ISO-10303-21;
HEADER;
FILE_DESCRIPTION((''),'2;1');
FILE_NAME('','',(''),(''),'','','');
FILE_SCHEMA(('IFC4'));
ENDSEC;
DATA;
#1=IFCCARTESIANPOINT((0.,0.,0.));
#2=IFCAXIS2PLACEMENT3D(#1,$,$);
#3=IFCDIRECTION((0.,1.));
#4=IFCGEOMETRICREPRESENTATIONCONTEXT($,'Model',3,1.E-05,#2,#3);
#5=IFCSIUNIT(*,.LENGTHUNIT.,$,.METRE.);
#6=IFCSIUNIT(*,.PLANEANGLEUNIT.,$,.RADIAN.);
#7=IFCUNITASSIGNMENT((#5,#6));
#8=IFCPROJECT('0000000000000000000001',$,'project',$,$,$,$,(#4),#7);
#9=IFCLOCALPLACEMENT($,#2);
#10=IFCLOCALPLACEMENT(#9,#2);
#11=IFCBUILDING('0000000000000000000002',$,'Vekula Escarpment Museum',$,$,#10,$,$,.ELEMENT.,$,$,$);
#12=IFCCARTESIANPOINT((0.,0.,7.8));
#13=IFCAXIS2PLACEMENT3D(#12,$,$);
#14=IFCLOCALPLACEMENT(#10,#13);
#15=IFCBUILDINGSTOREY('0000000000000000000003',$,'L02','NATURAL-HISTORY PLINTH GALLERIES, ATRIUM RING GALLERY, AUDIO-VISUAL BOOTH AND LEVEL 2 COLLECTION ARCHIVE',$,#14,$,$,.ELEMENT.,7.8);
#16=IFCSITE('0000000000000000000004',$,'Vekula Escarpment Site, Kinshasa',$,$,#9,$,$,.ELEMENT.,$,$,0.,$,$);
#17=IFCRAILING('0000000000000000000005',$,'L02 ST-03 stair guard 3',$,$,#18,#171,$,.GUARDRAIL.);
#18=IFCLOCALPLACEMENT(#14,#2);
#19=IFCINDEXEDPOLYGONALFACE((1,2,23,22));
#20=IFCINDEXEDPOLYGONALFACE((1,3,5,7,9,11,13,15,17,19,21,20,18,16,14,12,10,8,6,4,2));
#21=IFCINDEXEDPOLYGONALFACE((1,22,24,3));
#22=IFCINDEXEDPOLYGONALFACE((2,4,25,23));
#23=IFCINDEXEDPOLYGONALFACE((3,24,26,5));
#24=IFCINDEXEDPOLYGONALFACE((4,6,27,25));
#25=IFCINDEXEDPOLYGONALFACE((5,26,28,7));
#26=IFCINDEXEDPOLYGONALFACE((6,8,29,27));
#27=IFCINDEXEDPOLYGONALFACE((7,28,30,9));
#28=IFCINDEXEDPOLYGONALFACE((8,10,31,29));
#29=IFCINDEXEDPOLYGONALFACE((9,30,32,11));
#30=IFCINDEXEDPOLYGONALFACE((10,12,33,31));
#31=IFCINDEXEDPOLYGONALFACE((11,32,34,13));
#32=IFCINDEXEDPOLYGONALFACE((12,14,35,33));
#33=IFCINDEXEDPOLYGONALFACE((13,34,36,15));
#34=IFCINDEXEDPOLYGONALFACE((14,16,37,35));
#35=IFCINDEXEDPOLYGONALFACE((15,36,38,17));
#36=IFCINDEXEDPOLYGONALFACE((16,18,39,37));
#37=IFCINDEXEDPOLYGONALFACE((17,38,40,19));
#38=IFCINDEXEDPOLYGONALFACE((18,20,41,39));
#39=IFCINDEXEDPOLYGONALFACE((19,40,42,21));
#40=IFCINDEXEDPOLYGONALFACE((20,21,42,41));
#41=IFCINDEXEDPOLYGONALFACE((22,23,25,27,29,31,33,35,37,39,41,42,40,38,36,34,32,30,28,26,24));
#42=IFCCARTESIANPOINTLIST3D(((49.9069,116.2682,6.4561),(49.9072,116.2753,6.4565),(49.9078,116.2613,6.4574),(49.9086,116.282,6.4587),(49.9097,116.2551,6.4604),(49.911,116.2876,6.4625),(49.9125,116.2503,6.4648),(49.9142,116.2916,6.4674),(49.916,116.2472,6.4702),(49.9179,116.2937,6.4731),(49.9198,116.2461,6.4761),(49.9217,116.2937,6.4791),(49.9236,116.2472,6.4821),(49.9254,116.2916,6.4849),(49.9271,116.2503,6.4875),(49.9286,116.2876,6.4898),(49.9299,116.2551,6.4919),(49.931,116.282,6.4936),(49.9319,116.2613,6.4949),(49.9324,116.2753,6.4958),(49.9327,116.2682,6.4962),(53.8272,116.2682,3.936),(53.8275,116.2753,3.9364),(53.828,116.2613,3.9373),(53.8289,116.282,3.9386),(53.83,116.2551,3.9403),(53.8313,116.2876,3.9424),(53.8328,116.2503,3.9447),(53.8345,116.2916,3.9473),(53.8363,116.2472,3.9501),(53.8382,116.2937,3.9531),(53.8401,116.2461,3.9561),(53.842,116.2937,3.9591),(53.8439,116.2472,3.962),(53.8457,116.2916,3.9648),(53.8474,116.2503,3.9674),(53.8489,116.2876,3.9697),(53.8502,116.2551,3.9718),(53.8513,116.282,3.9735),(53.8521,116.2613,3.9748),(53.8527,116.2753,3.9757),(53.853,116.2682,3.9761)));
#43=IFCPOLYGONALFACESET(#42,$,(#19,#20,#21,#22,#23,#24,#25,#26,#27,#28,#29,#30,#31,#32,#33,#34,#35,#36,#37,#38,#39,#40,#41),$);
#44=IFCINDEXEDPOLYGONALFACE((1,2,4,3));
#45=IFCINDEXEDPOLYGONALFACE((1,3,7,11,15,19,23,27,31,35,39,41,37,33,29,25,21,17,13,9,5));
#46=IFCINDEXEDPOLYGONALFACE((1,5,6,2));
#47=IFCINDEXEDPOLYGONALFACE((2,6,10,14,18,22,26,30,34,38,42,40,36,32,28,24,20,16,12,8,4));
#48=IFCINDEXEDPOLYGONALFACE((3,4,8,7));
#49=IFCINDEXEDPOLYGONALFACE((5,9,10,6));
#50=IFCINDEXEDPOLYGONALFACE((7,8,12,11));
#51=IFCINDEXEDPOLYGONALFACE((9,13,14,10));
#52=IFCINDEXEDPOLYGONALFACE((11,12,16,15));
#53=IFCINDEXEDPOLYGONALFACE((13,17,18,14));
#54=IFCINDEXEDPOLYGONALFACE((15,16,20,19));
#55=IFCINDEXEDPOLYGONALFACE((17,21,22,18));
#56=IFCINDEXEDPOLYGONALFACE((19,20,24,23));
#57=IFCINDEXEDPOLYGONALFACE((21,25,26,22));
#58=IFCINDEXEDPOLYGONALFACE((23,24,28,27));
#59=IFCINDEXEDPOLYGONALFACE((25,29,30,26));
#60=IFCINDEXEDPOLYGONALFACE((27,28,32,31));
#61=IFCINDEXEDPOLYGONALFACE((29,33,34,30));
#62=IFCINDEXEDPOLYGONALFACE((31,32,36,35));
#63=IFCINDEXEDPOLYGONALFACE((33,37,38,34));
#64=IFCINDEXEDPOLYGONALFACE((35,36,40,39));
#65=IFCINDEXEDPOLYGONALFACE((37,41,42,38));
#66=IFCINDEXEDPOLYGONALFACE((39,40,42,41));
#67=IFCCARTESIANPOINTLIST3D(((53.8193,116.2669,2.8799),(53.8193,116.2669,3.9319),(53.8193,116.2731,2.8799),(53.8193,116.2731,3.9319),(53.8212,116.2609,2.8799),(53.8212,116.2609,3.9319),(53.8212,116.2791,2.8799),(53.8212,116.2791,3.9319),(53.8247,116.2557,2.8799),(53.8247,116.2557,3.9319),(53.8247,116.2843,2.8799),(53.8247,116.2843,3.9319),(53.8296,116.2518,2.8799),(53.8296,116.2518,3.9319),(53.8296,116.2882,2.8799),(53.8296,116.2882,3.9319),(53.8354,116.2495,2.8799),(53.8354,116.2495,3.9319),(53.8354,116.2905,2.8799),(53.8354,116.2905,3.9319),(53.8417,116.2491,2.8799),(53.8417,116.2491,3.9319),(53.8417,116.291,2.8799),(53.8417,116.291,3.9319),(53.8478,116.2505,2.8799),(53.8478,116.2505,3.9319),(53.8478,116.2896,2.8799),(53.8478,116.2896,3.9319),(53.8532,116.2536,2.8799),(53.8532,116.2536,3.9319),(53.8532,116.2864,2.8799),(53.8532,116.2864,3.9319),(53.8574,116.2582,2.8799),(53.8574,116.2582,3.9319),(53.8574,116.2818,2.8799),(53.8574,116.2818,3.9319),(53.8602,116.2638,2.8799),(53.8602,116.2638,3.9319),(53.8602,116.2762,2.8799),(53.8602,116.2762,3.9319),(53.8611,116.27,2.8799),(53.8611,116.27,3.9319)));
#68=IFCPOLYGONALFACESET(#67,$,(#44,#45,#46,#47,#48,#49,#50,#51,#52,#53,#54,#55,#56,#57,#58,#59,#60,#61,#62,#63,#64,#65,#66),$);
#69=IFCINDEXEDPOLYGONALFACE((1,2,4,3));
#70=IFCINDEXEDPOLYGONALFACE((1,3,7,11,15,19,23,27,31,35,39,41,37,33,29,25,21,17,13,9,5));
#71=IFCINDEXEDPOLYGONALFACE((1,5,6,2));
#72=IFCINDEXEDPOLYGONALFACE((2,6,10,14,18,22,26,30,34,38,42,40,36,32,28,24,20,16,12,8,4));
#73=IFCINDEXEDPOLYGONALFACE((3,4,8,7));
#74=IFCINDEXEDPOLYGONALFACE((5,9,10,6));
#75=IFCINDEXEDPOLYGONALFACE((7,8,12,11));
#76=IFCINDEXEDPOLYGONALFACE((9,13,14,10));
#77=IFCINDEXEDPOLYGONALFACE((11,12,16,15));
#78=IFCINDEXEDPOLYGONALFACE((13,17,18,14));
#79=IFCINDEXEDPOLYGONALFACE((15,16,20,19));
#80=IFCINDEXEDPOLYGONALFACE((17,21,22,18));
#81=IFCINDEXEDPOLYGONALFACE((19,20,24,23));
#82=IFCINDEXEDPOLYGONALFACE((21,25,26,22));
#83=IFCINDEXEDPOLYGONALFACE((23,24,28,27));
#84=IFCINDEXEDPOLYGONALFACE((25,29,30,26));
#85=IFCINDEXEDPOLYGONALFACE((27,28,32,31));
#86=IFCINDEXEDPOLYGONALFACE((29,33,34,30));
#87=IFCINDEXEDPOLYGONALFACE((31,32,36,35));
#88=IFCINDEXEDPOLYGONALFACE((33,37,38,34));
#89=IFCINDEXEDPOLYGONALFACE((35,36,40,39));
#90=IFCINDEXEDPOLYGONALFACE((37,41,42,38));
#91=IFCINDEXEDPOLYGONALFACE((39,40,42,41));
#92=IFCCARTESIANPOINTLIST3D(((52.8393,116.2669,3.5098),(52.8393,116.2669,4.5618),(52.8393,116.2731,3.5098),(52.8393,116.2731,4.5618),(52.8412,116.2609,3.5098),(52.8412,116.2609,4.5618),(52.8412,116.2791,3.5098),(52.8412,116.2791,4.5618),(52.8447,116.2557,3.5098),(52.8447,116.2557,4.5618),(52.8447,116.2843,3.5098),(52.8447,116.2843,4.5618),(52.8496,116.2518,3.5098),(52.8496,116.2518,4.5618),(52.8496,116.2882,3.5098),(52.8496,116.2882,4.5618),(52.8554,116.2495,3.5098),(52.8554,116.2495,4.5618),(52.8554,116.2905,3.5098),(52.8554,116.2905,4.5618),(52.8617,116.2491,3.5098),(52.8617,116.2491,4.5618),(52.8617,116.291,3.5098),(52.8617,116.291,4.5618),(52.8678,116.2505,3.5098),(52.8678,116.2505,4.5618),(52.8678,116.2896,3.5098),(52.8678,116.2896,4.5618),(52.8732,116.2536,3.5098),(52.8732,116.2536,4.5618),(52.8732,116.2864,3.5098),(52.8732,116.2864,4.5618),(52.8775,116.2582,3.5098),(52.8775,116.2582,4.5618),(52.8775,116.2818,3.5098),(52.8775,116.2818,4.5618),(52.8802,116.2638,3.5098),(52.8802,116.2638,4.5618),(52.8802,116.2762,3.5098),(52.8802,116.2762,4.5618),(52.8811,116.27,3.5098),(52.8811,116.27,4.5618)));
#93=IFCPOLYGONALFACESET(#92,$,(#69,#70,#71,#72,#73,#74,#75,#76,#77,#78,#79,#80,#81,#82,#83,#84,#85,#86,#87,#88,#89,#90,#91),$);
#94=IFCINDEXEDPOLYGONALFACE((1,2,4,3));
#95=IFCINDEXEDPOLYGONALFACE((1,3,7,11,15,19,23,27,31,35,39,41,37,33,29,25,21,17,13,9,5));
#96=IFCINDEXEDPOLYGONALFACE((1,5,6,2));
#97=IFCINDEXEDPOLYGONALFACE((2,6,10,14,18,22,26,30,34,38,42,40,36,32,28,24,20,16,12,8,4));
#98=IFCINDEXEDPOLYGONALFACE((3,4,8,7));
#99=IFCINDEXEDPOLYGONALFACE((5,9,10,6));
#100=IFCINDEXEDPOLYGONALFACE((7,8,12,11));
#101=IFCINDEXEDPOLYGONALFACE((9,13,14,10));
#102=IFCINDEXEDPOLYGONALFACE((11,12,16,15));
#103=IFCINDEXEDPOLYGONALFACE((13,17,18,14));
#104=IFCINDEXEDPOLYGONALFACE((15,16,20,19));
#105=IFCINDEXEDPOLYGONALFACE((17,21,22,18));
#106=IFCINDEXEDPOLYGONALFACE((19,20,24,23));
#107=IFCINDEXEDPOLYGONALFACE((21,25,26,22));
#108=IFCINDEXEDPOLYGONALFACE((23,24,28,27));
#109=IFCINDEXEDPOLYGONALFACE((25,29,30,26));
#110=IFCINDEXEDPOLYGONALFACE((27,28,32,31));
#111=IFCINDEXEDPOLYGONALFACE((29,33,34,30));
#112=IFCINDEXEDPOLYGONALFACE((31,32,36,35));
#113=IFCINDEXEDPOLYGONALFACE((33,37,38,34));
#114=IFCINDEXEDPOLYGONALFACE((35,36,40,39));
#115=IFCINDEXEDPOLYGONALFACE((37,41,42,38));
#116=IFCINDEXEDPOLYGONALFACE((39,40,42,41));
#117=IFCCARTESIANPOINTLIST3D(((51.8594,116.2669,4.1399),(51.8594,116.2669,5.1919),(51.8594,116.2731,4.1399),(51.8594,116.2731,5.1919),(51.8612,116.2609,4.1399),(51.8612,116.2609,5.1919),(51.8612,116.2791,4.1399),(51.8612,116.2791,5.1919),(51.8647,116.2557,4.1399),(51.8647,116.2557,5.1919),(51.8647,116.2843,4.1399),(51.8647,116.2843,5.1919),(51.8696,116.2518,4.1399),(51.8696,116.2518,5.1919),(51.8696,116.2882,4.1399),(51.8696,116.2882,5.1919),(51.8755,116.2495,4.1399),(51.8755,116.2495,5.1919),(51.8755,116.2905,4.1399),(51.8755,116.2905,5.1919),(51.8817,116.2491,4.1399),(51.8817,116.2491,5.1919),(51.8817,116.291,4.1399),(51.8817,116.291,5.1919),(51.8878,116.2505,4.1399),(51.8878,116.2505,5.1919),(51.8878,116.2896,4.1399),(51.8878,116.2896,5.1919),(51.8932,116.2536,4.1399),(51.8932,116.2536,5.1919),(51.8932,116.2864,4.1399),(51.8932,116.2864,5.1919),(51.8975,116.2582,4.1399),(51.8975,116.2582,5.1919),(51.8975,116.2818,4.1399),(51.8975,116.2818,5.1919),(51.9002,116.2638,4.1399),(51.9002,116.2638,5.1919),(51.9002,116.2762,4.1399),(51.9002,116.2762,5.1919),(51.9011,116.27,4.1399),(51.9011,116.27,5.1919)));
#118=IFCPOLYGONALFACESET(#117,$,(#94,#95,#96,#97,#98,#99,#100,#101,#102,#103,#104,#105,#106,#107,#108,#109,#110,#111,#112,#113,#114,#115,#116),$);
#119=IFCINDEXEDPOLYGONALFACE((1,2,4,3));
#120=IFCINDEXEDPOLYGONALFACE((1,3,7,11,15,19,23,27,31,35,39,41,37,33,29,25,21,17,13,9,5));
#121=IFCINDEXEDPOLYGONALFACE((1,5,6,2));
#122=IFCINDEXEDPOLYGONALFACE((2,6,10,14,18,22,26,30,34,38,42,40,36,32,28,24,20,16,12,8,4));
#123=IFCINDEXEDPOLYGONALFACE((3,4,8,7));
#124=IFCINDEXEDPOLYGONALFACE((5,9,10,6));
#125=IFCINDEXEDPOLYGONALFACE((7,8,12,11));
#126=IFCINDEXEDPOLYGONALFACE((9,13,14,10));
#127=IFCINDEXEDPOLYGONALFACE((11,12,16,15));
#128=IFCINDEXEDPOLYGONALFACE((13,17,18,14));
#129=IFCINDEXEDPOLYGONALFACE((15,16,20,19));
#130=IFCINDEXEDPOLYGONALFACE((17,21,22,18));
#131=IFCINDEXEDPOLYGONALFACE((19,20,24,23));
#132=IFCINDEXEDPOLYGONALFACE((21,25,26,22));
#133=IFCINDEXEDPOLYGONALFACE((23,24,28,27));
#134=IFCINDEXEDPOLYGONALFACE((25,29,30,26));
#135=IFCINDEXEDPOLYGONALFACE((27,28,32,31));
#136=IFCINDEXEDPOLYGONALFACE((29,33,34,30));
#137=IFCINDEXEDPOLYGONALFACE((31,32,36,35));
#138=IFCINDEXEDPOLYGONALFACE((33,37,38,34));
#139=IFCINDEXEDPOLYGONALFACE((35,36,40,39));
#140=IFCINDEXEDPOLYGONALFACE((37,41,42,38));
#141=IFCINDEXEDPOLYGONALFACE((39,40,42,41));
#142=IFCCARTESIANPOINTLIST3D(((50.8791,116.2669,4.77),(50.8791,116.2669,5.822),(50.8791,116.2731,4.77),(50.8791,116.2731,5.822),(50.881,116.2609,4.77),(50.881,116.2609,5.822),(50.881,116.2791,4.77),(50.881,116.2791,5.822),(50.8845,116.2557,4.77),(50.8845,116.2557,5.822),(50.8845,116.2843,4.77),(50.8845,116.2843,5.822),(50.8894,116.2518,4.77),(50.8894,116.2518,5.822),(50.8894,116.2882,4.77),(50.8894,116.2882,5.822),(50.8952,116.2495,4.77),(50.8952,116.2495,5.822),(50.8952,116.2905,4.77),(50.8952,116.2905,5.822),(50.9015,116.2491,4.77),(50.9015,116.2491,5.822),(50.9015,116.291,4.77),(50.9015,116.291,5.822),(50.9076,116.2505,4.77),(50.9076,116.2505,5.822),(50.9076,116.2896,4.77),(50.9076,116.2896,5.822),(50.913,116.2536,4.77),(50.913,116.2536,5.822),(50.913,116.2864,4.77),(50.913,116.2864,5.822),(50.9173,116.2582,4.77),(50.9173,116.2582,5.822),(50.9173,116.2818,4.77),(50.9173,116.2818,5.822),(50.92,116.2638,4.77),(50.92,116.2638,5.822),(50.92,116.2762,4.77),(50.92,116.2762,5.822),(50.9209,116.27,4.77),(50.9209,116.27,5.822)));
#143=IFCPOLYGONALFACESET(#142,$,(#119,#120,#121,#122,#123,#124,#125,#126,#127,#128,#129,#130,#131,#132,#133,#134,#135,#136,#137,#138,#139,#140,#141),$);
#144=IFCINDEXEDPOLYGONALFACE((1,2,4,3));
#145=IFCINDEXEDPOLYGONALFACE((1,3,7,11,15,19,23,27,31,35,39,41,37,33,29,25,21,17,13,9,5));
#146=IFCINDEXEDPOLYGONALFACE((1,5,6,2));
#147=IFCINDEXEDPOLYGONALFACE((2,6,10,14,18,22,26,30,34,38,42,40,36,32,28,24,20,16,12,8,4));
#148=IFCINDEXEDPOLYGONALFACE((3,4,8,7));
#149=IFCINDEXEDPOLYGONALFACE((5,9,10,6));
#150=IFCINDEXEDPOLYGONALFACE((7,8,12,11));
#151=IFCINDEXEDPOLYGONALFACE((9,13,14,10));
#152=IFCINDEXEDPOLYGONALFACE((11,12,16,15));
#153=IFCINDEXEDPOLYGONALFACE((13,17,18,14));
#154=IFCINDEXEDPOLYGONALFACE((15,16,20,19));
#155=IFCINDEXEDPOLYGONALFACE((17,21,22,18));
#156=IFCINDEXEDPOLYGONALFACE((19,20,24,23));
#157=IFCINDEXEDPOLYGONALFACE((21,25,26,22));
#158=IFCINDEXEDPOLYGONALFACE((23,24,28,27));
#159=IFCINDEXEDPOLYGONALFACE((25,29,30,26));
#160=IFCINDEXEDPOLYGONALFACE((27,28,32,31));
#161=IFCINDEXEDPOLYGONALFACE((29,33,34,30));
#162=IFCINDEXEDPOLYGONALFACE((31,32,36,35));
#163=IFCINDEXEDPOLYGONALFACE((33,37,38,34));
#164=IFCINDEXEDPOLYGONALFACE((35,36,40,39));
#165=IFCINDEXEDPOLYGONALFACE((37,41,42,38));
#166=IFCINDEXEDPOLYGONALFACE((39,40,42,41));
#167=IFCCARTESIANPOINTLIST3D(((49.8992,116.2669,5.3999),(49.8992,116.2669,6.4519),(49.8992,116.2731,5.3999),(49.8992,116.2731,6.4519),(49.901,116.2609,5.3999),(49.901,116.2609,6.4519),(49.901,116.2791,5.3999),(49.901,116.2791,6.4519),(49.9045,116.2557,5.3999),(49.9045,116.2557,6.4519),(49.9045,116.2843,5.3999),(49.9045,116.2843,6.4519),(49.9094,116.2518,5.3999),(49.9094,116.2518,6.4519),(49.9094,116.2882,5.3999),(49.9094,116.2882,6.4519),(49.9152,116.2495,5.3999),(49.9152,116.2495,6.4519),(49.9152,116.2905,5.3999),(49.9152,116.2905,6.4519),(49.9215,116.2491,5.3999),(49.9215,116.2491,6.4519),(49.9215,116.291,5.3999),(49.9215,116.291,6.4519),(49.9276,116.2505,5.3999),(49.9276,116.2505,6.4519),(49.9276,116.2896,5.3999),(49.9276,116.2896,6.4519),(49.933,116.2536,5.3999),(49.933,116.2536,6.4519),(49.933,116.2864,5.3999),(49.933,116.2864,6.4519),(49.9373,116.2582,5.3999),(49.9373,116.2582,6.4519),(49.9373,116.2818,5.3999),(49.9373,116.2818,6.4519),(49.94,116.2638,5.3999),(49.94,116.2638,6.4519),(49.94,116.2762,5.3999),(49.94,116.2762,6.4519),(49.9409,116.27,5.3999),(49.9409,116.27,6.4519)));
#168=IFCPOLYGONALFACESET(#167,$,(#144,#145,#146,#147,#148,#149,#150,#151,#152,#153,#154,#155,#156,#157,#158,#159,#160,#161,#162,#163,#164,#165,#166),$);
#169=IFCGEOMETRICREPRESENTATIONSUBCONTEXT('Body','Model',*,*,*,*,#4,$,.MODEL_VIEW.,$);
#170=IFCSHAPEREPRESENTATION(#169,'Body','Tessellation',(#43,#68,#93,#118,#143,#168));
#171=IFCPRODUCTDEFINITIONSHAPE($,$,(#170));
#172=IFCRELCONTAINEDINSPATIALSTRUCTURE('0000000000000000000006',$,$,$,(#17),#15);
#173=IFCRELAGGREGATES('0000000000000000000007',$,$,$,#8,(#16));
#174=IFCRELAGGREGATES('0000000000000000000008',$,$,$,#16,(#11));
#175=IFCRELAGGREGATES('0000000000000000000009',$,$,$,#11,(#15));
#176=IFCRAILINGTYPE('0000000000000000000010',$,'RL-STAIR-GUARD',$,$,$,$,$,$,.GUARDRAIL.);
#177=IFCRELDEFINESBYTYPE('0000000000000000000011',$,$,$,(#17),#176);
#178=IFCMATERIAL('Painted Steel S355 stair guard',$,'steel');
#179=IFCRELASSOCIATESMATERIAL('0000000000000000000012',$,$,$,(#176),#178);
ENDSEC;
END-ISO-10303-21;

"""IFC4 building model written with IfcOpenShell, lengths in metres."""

from ifc_helpers import new_model, si_unit, direction, frame, origin, origin_2d, place, context, subcontext, project, spatial, circle, extrude, material, type_object, element, save


model = new_model("IFC4")

# Units and contexts
model_context = context("Model", 3, precision=1e-05, world=origin(), true_north=direction((0.0, 1.0)))
body_context = subcontext(model_context, "Body", "Model", "MODEL_VIEW")
ifc_project = project(units=[si_unit("LENGTHUNIT", "METRE"), si_unit("PLANEANGLEUNIT", "RADIAN")], contexts=[model_context])

# Site, building, storey
site_placement = place(None, origin())
site = spatial("IfcSite", under=ifc_project, at=site_placement, Name="Vekula Escarpment Site, Kinshasa", CompositionType="ELEMENT", RefElevation=0.0)
building_placement = place(site_placement, origin())
building = spatial("IfcBuilding", under=site, at=building_placement, Name="Vekula Escarpment Museum", CompositionType="ELEMENT")
storey_placement = place(building_placement, frame((0.0, 0.0, 7.8)))
storey = spatial("IfcBuildingStorey", under=building, at=storey_placement, Name="L02", Description="NATURAL-HISTORY PLINTH GALLERIES, ATRIUM RING GALLERY, AUDIO-VISUAL BOOTH AND LEVEL 2 COLLECTION ARCHIVE", CompositionType="ELEMENT", Elevation=7.8)

# Railing
ifc_material_1 = material(Name="Painted Steel S355 stair guard", Category="steel")
railing_type_1 = type_object("IfcRailingType", Name="RL-STAIR-GUARD", PredefinedType="GUARDRAIL", material=ifc_material_1)
railing_1_placement = place(storey_placement, frame((53.8401, 116.27, 2.8799)))
element("IfcRailing", 1, at=railing_1_placement, inside=storey, type_object=railing_type_1, Name="L02 ST-03 stair guard 3", PredefinedType="GUARDRAIL", context=body_context, shape_type="SweptSolid", body=[
    extrude(circle(Radius=0.0239, at=origin_2d()), frame((0.0, 0.0, 1.0762), z_axis=(-0.841187, 0.0, 0.540744), x_axis=(0.0, -1.0, 0.0)), (0.0, 0.0, 1.0), 4.6604),
    extrude(circle(Radius=0.021, at=origin_2d()), origin(), (0.0, 0.0, 1.0), 1.052),
    extrude(circle(Radius=0.021, at=origin_2d()), frame((-0.98, 0.0, 0.6299)), (0.0, 0.0, 1.0), 1.052),
    extrude(circle(Radius=0.021, at=origin_2d()), frame((-1.96, 0.0, 1.26)), (0.0, 0.0, 1.0), 1.052),
    extrude(circle(Radius=0.021, at=origin_2d()), frame((-2.9402, 0.0, 1.8901)), (0.0, 0.0, 1.0), 1.052),
    extrude(circle(Radius=0.021, at=origin_2d()), frame((-3.9202, 0.0, 2.52)), (0.0, 0.0, 1.0), 1.052),
])

save(model, "model.ifc")
